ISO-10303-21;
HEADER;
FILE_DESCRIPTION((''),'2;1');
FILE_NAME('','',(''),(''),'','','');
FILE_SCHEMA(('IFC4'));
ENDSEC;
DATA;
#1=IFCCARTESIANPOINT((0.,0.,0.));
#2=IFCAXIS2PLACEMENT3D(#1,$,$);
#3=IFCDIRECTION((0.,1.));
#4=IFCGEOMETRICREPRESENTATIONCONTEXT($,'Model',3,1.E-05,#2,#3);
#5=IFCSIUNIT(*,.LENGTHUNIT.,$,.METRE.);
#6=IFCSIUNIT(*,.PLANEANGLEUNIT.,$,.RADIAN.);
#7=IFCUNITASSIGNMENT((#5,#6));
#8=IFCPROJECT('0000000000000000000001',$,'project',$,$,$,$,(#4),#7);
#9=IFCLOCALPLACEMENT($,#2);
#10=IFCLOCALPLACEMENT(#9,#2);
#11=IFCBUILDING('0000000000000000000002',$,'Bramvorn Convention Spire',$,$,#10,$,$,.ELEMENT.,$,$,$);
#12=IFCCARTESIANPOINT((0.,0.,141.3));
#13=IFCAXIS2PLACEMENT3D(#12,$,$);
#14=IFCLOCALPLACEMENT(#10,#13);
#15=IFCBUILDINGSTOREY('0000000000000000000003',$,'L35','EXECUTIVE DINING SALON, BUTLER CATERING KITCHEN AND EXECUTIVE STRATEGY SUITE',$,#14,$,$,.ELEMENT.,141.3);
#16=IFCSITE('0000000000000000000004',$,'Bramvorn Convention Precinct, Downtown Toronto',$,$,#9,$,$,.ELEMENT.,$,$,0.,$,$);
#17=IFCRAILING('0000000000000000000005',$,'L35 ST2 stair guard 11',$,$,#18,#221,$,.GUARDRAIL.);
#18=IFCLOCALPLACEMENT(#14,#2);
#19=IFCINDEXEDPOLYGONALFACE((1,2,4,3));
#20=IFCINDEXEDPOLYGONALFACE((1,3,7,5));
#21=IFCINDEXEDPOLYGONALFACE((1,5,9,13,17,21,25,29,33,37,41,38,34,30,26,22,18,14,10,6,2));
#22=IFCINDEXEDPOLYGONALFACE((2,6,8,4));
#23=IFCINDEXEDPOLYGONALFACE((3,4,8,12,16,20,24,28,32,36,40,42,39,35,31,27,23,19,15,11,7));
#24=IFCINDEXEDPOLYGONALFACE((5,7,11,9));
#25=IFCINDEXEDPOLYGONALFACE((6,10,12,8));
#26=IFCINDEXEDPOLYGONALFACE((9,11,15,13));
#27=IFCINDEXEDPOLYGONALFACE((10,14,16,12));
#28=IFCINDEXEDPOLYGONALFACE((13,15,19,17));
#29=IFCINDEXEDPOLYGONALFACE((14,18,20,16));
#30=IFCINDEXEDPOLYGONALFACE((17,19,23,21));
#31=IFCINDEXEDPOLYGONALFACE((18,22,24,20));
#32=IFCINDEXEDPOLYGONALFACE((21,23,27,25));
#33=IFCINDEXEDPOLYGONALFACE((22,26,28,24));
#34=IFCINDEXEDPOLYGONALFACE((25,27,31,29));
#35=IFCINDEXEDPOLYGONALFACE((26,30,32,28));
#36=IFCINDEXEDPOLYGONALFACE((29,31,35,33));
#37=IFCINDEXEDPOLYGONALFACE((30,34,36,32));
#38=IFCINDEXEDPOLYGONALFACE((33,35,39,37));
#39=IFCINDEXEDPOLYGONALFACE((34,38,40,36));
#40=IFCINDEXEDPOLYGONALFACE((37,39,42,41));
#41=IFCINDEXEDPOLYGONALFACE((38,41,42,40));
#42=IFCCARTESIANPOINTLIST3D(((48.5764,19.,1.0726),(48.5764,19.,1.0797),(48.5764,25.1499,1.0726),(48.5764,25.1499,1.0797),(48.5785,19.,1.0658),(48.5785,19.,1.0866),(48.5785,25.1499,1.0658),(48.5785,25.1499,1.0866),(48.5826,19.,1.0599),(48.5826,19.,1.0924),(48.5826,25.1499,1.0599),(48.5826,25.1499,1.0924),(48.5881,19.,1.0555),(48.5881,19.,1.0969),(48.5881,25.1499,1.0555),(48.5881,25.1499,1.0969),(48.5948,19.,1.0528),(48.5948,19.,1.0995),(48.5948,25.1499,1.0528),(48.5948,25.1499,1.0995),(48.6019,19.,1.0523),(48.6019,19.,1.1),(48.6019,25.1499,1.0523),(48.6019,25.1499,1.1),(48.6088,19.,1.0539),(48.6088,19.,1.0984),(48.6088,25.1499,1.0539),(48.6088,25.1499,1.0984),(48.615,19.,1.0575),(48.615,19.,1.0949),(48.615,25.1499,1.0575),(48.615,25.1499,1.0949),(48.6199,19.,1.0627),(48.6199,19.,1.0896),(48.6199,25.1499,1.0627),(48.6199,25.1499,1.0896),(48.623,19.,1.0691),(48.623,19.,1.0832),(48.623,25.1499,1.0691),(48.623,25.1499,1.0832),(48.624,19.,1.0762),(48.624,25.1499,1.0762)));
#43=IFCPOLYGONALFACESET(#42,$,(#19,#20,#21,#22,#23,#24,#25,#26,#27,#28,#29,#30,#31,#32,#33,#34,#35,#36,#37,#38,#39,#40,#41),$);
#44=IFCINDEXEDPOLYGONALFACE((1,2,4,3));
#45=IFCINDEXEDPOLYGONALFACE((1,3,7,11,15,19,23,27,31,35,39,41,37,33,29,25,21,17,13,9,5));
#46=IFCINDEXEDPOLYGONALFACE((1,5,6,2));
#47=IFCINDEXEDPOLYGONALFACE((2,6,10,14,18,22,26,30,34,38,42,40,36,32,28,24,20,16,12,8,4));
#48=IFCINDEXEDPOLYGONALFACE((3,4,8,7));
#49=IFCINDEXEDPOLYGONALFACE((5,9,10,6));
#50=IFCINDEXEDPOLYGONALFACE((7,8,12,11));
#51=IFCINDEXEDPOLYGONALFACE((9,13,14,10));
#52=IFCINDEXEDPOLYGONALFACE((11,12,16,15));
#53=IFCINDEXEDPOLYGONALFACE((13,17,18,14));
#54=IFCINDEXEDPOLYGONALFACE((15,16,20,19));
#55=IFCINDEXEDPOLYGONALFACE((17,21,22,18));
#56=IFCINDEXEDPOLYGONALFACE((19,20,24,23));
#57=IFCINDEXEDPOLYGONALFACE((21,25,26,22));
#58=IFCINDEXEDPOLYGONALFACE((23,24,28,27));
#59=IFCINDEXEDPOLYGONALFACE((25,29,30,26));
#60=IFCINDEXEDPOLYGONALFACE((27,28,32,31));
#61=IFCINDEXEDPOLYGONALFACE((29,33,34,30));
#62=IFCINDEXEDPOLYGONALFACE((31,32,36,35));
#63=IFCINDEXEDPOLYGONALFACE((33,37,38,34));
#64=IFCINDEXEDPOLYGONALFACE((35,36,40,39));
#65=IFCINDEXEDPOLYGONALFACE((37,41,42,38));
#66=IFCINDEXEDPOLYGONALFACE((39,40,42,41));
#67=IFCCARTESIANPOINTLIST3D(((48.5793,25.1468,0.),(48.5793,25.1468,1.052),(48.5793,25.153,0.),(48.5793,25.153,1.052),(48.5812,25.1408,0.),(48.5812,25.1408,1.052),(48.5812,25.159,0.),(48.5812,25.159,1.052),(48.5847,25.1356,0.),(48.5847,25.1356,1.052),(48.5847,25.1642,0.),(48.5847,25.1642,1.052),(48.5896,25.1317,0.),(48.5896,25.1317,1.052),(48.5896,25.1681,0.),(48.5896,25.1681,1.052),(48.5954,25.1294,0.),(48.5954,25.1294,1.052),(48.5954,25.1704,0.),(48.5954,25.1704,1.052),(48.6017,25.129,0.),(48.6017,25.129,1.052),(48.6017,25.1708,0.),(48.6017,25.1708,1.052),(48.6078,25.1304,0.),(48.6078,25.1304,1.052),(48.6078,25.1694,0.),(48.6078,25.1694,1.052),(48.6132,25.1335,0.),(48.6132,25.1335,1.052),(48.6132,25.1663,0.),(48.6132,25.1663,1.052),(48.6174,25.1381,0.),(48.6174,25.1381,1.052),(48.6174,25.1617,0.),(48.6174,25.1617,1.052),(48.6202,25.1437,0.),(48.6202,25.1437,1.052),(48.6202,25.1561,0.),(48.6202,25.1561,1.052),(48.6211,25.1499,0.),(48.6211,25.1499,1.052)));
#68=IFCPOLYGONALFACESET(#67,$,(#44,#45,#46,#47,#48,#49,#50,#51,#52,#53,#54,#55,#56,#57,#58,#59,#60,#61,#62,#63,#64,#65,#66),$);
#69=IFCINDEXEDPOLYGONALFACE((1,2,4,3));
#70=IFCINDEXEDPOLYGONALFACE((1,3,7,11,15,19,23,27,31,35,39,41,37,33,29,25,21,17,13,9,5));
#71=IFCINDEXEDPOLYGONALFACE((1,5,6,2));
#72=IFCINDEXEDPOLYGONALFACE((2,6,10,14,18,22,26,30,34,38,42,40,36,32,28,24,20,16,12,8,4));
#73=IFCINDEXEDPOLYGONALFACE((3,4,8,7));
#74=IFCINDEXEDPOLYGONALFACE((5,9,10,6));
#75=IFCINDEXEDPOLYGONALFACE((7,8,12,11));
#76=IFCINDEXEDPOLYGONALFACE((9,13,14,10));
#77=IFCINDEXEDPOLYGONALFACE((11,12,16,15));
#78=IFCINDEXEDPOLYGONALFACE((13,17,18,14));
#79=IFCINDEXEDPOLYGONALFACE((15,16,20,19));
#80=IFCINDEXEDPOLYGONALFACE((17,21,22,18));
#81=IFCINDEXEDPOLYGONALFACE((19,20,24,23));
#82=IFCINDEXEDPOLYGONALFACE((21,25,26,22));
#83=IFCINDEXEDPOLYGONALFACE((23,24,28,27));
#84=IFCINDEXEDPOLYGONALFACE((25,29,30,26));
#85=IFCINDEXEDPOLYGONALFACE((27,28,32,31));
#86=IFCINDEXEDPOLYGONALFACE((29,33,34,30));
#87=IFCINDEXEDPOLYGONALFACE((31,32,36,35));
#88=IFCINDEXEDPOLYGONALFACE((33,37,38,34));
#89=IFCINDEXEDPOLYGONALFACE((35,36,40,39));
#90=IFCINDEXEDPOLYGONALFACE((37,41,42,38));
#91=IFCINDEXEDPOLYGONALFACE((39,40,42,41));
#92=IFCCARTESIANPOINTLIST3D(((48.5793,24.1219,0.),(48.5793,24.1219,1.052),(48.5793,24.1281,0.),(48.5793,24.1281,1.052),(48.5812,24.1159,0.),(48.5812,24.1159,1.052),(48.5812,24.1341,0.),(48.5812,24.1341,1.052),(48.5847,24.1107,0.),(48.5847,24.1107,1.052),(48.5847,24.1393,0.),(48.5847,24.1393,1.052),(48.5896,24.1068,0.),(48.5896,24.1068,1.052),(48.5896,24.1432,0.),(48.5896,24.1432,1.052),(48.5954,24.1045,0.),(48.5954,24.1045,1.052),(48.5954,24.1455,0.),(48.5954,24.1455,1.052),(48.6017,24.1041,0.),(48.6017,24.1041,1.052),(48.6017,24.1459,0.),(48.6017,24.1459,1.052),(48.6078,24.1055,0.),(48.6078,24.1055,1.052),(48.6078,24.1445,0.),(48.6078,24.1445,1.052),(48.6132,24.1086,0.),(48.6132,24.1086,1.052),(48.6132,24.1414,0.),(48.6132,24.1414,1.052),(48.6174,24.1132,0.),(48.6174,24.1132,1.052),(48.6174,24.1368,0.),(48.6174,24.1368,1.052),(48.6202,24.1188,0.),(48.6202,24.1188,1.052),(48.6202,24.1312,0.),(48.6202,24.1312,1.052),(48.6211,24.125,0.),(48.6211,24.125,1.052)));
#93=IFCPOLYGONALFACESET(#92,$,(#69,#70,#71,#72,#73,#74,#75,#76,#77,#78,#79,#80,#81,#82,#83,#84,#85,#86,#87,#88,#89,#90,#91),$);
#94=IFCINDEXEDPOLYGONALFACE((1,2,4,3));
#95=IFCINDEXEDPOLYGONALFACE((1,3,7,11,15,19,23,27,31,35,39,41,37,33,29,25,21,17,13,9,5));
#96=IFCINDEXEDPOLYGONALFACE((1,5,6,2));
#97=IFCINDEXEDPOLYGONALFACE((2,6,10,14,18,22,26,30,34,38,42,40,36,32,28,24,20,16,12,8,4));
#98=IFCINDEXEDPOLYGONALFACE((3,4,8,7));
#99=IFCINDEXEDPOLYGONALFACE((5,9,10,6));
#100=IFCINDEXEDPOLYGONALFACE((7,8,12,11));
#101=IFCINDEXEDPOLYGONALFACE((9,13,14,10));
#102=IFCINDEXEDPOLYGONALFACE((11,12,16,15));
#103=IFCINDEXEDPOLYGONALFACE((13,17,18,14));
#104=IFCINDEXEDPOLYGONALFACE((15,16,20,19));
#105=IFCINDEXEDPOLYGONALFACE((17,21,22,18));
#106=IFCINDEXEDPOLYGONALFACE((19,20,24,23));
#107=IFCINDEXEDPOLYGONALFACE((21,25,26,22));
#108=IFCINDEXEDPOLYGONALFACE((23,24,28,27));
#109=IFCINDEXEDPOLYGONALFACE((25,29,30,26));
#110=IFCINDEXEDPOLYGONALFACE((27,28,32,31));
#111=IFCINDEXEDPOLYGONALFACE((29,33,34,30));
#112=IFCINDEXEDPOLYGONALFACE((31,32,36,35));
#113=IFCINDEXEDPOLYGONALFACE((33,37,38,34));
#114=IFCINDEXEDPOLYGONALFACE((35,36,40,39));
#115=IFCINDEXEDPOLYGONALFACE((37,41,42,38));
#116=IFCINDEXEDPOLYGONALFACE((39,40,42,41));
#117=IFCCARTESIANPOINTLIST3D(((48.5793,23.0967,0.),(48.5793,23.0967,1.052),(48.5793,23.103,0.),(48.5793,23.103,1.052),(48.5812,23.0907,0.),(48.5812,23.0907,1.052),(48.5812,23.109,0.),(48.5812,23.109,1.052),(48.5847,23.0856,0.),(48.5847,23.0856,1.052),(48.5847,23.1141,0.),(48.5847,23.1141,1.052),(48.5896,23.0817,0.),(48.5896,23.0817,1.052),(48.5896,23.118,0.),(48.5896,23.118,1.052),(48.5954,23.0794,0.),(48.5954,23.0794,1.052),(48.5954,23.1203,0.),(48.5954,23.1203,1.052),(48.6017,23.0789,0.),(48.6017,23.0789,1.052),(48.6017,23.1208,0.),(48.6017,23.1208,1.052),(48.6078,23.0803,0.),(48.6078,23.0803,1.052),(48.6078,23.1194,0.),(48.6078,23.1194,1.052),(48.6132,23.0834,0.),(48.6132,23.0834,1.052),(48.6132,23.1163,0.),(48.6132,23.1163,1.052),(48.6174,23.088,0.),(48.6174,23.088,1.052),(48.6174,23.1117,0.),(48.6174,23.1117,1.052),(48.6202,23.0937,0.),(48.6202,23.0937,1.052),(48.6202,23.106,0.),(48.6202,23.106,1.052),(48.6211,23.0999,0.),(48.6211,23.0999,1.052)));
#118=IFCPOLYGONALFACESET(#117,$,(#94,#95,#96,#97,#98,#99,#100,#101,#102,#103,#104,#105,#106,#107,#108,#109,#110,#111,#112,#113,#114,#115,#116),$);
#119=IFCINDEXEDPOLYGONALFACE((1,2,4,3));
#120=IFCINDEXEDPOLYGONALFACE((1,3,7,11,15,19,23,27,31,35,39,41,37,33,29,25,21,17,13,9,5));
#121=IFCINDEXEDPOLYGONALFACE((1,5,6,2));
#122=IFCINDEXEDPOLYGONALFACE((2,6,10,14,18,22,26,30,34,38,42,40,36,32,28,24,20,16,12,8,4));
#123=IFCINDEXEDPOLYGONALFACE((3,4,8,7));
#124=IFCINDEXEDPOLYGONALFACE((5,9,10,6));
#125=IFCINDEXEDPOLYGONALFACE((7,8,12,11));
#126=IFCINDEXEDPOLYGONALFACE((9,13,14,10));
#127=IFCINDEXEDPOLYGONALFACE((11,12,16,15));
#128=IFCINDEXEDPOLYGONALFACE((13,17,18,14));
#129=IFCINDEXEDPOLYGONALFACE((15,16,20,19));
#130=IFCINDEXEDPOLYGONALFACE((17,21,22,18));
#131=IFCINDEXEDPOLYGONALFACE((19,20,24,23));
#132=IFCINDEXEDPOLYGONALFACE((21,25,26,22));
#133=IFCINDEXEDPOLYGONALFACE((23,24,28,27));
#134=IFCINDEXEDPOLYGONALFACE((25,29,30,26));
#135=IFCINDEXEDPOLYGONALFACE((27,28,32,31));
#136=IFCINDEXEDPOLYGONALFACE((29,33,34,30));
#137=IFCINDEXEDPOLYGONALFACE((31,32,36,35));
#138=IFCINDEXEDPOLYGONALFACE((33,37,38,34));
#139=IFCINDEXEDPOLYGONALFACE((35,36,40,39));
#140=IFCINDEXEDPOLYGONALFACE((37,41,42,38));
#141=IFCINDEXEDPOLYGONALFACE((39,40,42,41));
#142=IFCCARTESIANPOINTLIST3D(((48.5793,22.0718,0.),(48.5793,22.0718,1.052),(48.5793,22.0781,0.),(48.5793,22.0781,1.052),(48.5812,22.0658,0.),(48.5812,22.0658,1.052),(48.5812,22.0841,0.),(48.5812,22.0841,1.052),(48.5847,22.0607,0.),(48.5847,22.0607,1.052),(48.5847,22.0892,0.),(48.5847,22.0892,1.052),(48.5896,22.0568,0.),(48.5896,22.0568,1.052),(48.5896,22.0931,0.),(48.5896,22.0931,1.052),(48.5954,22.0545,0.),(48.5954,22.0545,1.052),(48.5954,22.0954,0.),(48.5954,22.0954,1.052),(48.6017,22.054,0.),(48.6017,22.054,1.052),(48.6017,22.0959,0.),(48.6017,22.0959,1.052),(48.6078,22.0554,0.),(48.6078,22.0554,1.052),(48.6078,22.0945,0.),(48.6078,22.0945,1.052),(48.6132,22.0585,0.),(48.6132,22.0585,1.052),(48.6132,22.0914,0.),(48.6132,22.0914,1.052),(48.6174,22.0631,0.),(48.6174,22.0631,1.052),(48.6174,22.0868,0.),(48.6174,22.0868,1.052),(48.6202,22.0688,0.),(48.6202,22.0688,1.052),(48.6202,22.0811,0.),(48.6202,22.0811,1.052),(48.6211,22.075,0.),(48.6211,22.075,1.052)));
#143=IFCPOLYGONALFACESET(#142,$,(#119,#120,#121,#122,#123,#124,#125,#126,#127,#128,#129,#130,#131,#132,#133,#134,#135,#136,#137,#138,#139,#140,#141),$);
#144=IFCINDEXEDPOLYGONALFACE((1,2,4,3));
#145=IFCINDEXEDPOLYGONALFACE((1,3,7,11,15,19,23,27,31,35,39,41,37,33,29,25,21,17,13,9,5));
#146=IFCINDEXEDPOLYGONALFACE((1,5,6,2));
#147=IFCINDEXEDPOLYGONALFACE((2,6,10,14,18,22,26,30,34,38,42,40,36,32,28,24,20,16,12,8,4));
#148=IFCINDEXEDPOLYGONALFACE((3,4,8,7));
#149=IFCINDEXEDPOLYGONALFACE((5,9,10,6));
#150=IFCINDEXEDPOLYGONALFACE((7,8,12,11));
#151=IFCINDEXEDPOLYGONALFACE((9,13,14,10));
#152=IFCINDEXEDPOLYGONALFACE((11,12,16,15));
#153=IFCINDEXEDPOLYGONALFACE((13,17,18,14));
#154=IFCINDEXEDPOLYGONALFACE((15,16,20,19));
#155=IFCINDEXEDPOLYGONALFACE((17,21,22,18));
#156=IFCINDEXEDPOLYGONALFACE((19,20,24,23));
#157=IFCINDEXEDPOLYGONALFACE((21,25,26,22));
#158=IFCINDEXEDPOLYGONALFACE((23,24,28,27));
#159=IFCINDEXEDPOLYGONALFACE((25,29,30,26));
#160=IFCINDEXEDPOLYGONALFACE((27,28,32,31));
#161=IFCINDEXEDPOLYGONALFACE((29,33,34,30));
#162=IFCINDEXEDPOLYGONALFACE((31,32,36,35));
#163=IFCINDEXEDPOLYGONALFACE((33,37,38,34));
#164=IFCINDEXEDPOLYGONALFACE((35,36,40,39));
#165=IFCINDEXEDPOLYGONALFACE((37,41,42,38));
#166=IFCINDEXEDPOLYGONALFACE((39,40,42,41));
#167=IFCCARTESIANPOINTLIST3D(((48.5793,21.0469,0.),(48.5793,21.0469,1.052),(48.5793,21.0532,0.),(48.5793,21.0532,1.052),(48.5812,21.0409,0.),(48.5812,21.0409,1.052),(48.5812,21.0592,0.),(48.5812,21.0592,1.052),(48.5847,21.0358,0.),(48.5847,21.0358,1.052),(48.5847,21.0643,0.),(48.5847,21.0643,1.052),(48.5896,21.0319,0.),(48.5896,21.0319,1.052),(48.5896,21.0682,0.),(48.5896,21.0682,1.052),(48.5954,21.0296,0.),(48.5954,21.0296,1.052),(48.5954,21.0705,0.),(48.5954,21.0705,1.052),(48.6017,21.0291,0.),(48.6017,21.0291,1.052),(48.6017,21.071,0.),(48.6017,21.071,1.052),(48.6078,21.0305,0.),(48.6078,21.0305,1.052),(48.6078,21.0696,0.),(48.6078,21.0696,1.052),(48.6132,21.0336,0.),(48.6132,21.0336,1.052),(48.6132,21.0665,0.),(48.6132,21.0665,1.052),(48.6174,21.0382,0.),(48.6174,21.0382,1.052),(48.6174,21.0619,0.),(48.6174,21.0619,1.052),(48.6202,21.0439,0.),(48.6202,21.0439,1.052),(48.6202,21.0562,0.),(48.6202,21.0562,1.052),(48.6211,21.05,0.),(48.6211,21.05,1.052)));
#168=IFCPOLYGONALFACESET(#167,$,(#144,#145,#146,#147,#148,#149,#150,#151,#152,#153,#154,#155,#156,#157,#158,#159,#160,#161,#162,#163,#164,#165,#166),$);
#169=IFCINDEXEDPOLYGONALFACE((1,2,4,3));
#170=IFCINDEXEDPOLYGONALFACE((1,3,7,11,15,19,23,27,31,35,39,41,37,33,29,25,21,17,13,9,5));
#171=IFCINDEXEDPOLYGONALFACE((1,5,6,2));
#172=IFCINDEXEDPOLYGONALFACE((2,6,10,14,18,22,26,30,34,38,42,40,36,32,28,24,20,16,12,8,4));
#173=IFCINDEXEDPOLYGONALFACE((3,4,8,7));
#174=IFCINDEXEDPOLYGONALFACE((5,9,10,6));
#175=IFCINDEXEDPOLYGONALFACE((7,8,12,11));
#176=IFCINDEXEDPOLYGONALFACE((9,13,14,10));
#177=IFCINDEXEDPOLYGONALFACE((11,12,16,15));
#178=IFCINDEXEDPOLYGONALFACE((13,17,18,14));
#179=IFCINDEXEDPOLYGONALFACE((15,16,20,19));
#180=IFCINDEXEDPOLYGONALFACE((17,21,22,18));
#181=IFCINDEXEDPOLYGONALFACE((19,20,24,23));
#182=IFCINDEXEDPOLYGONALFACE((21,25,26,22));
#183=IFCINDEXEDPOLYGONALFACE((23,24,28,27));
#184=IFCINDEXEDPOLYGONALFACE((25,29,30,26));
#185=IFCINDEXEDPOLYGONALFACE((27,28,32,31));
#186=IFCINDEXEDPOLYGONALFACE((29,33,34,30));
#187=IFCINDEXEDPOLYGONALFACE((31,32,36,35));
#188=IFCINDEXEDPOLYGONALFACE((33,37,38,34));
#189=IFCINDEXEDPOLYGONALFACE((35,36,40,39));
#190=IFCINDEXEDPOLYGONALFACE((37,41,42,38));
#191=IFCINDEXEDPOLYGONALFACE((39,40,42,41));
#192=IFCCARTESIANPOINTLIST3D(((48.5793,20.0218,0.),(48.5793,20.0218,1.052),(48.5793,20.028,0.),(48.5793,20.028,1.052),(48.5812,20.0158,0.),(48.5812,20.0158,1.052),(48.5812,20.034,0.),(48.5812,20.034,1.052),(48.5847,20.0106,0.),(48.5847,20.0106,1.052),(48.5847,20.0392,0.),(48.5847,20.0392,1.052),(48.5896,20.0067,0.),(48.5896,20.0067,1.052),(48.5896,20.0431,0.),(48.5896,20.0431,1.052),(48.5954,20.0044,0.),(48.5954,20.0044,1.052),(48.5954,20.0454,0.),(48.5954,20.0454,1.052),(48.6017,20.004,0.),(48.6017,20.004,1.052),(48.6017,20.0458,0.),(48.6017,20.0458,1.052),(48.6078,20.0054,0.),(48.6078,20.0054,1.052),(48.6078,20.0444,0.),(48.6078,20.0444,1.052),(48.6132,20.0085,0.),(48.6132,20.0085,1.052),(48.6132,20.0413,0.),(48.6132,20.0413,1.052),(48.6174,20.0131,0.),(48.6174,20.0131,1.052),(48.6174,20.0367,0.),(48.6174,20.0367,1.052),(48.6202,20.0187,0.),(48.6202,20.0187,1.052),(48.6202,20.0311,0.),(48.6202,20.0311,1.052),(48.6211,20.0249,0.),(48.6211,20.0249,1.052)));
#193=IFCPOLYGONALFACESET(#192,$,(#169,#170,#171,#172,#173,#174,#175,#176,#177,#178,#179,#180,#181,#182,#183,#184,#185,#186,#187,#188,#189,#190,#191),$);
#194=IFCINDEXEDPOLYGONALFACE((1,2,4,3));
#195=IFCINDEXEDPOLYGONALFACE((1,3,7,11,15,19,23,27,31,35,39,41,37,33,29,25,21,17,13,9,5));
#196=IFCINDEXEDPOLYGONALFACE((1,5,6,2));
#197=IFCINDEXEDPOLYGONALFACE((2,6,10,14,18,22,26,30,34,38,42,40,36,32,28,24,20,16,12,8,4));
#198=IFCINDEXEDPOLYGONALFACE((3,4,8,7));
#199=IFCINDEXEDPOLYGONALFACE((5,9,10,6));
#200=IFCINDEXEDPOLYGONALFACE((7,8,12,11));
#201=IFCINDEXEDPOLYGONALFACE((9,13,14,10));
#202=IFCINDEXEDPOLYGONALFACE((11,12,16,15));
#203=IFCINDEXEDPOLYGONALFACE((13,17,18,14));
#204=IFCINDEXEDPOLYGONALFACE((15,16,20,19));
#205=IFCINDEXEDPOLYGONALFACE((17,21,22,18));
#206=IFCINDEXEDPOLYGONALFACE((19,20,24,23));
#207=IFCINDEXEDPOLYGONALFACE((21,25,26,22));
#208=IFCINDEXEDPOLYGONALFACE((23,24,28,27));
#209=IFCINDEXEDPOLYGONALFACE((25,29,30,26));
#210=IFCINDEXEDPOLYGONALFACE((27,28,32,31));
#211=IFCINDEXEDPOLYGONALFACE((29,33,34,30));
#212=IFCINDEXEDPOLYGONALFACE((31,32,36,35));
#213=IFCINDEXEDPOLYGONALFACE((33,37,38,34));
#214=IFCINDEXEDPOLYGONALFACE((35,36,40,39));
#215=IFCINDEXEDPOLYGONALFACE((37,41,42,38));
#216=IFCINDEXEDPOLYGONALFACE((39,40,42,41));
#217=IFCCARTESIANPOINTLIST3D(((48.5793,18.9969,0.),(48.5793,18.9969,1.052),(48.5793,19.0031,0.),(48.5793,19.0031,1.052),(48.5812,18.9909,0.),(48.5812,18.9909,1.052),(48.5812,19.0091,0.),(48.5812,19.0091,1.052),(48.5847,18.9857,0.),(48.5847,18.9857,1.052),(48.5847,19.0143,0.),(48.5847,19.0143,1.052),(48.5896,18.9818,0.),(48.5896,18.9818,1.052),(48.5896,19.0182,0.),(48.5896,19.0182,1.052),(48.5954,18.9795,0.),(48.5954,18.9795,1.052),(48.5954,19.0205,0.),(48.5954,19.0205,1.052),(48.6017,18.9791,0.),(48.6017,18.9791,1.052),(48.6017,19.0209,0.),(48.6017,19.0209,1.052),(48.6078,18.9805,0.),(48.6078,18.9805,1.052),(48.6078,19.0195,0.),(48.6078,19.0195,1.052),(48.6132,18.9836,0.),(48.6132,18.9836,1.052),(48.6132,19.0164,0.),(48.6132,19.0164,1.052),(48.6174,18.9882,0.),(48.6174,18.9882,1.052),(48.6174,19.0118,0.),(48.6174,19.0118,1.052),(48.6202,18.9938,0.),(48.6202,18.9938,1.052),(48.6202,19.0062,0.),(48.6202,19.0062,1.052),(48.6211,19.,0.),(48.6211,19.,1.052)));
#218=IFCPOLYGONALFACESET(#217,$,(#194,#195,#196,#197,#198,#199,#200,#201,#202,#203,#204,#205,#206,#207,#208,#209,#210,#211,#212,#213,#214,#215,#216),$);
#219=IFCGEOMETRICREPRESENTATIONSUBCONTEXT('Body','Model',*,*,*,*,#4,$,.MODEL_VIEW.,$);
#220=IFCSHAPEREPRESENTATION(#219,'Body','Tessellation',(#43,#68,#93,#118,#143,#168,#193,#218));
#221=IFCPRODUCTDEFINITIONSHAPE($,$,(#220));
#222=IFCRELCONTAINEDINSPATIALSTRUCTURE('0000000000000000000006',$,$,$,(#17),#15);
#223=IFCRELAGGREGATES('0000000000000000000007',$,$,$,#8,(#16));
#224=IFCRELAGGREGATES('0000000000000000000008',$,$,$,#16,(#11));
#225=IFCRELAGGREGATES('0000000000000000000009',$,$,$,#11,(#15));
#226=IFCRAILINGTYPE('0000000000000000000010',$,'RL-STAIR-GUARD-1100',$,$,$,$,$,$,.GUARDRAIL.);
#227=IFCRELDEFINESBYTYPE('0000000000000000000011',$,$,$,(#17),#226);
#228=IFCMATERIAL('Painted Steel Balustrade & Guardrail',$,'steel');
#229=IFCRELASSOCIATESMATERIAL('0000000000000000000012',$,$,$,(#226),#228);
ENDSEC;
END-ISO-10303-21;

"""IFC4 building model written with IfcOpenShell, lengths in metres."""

from ifc_helpers import new_model, si_unit, direction, frame, origin, origin_2d, place, context, subcontext, project, spatial, circle, extrude, material, type_object, element, save


model = new_model("IFC4")

# Units and contexts
model_context = context("Model", 3, precision=1e-05, world=origin(), true_north=direction((0.0, 1.0)))
body_context = subcontext(model_context, "Body", "Model", "MODEL_VIEW")
ifc_project = project(units=[si_unit("LENGTHUNIT", "METRE"), si_unit("PLANEANGLEUNIT", "RADIAN")], contexts=[model_context])

# Site, building, storey
site_placement = place(None, origin())
site = spatial("IfcSite", under=ifc_project, at=site_placement, Name="Bramvorn Convention Precinct, Downtown Toronto", CompositionType="ELEMENT", RefElevation=0.0)
building_placement = place(site_placement, origin())
building = spatial("IfcBuilding", under=site, at=building_placement, Name="Bramvorn Convention Spire", CompositionType="ELEMENT")
storey_placement = place(building_placement, frame((0.0, 0.0, 141.3)))
storey = spatial("IfcBuildingStorey", under=building, at=storey_placement, Name="L35", Description="EXECUTIVE DINING SALON, BUTLER CATERING KITCHEN AND EXECUTIVE STRATEGY SUITE", CompositionType="ELEMENT", Elevation=141.3)

# Railing
ifc_material_1 = material(Name="Painted Steel Balustrade & Guardrail", Category="steel")
railing_type_1 = type_object("IfcRailingType", Name="RL-STAIR-GUARD-1100", PredefinedType="GUARDRAIL", material=ifc_material_1)
railing_1_placement = place(storey_placement, frame((48.6001, 25.1499, 0.0)))
element("IfcRailing", 1, at=railing_1_placement, inside=storey, type_object=railing_type_1, Name="L35 ST2 stair guard 11", PredefinedType="GUARDRAIL", context=body_context, shape_type="SweptSolid", body=[
    extrude(circle(Radius=0.0239, at=origin_2d()), frame((0.0, 0.0, 1.0762), z_axis=(0.0, -1.0, 0.0), x_axis=(1.0, 0.0, 0.0)), (0.0, 0.0, 1.0), 6.1499),
    extrude(circle(Radius=0.021, at=origin_2d()), origin(), (0.0, 0.0, 1.0), 1.052),
    extrude(circle(Radius=0.021, at=origin_2d()), frame((0.0, -1.0249, 0.0)), (0.0, 0.0, 1.0), 1.052),
    extrude(circle(Radius=0.021, at=origin_2d()), frame((0.0, -2.05, 0.0)), (0.0, 0.0, 1.0), 1.052),
    extrude(circle(Radius=0.021, at=origin_2d()), frame((0.0, -3.075, 0.0)), (0.0, 0.0, 1.0), 1.052),
    extrude(circle(Radius=0.021, at=origin_2d()), frame((0.0, -4.0999, 0.0)), (0.0, 0.0, 1.0), 1.052),
    extrude(circle(Radius=0.021, at=origin_2d()), frame((0.0, -5.125, 0.0)), (0.0, 0.0, 1.0), 1.052),
    extrude(circle(Radius=0.021, at=origin_2d()), frame((0.0, -6.1499, 0.0)), (0.0, 0.0, 1.0), 1.052),
])

save(model, "model.ifc")
